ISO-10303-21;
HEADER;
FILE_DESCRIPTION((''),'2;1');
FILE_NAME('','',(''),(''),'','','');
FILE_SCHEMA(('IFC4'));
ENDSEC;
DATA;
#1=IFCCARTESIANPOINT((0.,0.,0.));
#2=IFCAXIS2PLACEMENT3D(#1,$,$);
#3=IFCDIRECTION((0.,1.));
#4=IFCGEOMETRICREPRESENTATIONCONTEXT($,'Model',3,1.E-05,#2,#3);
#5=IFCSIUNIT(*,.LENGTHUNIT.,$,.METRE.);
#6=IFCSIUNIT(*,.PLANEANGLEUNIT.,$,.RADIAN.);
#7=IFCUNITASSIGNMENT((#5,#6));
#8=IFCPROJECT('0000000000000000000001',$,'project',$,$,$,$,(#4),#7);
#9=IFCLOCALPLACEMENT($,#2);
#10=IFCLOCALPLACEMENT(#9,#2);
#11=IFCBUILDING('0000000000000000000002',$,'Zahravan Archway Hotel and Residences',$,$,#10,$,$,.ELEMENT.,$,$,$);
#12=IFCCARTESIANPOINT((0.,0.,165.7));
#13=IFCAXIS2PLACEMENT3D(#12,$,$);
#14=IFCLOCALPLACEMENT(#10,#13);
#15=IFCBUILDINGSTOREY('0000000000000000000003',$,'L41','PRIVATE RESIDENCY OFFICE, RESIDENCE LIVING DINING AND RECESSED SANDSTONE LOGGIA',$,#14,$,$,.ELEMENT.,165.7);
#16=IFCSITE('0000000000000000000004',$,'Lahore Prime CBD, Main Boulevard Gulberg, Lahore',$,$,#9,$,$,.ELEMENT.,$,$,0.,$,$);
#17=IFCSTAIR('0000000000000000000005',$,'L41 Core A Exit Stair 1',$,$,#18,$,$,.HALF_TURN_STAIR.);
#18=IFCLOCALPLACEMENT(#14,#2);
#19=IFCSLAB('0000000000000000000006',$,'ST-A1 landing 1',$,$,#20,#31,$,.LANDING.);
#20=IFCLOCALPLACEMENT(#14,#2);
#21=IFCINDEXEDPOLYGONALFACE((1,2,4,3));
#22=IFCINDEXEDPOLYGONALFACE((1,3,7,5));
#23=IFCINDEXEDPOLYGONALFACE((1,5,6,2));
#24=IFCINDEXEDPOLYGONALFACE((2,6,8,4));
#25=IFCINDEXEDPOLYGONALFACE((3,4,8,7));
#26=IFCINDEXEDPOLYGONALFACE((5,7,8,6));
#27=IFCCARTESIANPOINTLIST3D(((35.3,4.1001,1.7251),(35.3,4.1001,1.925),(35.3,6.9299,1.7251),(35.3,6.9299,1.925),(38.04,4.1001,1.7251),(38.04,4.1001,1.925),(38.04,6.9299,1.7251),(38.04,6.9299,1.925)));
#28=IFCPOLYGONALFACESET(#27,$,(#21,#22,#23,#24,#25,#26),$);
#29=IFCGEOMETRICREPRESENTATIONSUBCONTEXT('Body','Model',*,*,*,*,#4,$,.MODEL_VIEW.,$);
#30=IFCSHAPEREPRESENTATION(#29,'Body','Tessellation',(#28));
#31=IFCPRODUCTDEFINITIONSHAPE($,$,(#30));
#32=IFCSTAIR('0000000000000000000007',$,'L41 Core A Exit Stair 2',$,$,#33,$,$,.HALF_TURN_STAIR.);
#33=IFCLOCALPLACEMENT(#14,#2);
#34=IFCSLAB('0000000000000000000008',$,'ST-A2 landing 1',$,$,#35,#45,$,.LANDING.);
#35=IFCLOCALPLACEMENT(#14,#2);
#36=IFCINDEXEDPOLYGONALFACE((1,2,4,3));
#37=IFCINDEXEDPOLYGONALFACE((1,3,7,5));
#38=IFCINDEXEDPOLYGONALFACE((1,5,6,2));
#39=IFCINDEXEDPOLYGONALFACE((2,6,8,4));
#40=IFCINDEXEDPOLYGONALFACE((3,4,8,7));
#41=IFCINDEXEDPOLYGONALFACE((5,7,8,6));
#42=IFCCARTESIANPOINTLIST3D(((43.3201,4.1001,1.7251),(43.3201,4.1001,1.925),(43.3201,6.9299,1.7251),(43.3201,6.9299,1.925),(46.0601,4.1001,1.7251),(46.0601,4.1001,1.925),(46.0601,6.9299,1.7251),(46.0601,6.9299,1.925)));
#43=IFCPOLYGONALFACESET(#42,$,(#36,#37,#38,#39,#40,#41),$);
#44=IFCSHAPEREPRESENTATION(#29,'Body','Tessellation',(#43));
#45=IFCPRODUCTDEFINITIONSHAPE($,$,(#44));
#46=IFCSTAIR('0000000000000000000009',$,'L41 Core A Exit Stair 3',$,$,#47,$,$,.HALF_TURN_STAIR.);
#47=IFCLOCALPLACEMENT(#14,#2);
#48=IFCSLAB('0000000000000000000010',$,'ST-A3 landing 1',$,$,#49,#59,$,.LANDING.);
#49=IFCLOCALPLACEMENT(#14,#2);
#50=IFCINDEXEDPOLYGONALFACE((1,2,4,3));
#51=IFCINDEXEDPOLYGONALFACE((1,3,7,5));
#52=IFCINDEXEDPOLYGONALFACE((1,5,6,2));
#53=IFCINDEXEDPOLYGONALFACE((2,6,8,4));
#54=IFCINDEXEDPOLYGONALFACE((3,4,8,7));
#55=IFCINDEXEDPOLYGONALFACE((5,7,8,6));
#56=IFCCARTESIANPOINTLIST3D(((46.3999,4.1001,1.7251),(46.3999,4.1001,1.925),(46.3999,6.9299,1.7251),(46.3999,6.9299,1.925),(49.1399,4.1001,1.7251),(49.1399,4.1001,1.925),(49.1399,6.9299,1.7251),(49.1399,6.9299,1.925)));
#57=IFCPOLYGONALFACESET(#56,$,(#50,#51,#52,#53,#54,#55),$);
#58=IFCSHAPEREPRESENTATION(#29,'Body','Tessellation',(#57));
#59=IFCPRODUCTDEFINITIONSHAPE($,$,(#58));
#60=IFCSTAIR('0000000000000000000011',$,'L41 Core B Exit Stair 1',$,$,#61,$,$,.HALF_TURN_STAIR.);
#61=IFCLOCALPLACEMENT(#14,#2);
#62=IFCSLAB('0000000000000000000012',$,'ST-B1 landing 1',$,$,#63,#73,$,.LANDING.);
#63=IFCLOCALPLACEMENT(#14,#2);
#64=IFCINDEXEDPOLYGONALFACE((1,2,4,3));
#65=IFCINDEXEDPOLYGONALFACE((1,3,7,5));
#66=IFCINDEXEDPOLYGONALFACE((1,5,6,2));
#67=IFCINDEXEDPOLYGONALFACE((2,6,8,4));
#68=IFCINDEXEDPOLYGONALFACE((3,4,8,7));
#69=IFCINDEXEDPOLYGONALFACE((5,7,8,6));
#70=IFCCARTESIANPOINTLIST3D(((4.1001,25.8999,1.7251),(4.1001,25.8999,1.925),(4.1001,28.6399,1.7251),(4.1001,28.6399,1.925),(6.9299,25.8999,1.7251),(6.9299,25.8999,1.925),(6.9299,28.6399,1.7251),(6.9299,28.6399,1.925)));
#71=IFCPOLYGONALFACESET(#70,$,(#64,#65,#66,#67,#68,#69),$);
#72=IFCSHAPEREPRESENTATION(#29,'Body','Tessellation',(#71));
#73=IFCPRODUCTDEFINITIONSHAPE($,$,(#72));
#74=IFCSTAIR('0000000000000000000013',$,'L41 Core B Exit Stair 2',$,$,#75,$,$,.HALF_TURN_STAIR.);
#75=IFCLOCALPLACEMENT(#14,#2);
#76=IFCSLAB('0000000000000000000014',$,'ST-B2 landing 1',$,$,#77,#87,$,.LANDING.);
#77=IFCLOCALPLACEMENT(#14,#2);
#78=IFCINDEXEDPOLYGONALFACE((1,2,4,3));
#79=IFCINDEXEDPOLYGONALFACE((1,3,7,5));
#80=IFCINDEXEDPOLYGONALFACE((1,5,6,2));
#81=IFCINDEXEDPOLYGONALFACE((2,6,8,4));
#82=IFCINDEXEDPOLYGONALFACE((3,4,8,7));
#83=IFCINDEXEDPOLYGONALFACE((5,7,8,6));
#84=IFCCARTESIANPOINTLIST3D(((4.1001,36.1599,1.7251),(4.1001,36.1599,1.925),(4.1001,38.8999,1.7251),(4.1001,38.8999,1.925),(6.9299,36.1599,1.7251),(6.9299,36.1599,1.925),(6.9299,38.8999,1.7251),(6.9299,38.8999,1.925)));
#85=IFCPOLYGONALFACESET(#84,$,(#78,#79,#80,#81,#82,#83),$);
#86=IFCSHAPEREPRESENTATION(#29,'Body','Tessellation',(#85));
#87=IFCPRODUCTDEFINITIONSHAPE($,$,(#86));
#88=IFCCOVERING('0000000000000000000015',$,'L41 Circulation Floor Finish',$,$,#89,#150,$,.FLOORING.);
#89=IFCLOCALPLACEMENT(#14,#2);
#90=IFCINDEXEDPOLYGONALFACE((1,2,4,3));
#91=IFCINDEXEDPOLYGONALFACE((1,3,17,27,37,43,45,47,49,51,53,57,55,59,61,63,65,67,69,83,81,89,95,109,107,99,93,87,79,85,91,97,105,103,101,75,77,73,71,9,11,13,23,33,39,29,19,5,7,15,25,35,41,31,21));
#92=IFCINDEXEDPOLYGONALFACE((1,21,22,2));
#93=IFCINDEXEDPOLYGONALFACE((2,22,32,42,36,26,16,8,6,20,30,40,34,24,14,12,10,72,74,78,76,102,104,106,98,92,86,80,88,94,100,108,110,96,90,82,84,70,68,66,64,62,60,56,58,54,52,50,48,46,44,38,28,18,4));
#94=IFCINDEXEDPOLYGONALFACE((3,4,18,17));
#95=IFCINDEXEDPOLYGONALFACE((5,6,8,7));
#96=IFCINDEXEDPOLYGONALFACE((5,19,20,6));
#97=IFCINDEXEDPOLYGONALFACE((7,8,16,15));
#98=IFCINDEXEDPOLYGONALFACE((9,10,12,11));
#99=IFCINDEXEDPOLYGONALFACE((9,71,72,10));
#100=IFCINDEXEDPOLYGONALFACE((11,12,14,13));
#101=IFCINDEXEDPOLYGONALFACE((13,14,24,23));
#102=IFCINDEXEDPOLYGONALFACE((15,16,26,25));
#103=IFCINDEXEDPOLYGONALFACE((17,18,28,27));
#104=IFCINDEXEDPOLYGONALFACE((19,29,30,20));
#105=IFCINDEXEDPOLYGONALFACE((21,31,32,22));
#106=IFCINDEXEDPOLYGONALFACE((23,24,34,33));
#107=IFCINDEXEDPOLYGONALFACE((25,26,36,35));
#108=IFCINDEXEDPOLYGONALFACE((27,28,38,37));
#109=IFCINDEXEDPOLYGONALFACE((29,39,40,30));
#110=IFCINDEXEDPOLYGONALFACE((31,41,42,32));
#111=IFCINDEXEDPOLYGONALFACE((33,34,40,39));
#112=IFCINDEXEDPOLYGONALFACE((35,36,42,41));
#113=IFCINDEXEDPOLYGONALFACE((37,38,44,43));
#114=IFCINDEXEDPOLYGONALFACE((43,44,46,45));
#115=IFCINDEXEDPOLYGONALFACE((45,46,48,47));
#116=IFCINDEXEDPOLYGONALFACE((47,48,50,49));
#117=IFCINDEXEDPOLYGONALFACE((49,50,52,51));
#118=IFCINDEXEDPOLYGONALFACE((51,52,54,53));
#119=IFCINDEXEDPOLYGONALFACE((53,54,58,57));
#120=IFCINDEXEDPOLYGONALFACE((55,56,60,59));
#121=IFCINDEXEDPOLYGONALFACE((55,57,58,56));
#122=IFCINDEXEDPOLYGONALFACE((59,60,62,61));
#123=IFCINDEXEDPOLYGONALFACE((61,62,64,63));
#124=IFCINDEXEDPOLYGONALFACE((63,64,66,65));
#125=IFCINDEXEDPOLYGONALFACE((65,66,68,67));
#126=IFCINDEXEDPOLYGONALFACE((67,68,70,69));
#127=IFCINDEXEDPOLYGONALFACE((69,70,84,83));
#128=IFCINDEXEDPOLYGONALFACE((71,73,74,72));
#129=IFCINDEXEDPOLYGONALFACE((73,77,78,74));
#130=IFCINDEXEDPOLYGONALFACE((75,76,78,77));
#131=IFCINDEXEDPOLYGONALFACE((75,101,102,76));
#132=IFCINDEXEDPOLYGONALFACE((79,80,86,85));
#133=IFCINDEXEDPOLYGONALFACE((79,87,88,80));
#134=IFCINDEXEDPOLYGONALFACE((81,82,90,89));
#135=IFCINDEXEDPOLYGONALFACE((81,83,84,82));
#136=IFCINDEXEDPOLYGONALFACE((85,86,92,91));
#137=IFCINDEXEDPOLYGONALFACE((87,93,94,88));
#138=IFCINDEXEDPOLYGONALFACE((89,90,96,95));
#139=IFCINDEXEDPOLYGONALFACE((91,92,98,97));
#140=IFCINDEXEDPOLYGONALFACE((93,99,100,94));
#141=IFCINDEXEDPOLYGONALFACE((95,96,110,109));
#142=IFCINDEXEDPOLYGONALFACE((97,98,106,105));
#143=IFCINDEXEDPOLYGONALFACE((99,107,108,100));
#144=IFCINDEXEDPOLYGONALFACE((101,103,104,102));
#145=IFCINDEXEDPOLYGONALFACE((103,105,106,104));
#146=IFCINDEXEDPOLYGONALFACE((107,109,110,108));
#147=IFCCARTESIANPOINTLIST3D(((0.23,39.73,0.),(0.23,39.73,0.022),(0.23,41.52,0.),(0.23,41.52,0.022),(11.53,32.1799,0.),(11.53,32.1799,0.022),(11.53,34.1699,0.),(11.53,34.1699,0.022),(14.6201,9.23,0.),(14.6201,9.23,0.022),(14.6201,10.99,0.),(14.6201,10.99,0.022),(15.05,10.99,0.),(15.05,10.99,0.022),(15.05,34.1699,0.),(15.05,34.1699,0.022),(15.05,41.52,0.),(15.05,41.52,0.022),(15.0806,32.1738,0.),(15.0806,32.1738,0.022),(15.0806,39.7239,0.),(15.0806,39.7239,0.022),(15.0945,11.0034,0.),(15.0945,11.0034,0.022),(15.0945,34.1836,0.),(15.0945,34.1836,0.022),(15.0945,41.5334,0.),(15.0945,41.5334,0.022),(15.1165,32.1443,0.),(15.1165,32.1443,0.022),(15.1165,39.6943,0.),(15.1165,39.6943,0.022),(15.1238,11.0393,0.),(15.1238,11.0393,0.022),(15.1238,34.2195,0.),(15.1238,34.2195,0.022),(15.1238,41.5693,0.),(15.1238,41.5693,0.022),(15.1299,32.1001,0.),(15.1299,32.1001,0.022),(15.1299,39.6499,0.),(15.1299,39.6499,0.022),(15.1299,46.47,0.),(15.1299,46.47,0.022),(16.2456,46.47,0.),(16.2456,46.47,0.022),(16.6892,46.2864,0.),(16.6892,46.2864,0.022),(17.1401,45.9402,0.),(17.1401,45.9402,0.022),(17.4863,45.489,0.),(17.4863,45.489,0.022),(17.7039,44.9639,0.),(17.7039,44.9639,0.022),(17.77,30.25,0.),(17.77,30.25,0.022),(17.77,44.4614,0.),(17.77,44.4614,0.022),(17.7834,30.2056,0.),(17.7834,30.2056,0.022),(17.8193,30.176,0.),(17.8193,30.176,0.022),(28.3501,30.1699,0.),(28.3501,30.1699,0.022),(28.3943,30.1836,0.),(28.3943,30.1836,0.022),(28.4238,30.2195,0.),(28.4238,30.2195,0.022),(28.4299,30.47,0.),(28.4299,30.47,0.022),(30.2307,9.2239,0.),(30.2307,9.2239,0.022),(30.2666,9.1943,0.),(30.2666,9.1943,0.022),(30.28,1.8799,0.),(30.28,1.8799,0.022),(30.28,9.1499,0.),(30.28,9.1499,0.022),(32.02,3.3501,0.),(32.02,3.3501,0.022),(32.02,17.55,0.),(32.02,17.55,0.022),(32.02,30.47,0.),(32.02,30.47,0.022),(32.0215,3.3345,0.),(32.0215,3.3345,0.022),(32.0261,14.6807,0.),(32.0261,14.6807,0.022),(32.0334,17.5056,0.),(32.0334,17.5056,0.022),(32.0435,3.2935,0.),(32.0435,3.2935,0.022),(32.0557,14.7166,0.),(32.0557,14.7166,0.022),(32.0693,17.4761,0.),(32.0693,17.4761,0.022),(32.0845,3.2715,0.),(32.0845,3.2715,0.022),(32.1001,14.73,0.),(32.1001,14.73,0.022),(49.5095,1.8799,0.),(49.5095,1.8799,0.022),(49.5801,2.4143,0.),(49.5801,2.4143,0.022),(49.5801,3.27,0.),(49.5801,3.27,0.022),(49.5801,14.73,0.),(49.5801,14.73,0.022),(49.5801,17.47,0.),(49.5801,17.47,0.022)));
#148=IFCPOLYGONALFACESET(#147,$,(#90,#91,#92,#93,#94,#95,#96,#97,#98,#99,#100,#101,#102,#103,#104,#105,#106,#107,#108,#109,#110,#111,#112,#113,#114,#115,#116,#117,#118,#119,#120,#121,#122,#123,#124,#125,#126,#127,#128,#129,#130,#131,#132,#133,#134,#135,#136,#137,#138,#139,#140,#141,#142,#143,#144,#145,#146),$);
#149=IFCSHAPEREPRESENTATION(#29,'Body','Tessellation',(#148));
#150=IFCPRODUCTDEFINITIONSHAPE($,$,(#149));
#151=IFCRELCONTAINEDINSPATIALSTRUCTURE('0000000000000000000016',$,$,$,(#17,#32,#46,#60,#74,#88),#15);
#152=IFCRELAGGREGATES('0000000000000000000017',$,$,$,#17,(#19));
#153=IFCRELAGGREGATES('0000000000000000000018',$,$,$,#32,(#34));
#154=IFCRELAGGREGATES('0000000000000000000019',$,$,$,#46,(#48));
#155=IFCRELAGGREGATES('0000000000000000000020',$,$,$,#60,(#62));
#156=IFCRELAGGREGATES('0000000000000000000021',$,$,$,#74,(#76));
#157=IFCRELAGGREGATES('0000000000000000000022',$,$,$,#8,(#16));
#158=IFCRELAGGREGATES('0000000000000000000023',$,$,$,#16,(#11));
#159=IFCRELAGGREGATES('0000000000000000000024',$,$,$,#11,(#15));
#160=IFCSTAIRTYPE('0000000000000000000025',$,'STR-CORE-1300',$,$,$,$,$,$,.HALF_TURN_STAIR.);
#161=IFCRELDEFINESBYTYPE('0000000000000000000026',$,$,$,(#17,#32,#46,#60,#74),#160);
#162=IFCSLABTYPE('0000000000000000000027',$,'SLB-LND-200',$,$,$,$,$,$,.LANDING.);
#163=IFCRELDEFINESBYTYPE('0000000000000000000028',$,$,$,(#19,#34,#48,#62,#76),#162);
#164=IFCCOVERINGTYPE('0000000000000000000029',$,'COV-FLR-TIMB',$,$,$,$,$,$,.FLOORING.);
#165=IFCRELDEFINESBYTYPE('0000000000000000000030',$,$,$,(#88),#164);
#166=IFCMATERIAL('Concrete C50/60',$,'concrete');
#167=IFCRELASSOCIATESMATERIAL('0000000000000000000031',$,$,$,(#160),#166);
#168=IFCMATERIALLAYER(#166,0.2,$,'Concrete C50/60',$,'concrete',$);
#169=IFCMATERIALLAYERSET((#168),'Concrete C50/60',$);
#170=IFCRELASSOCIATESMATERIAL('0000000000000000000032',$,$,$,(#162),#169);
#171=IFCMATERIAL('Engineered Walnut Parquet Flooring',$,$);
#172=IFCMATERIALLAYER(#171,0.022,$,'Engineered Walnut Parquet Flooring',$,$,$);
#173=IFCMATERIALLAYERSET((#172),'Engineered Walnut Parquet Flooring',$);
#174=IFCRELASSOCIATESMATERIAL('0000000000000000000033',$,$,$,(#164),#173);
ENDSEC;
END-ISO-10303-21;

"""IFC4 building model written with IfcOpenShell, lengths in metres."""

from ifc_helpers import new_model, si_unit, direction, frame, origin, place, context, subcontext, project, spatial, polyline, outline, extrude, material, layer, layer_set, type_object, element, aggregate, save


model = new_model("IFC4")

# Units and contexts
model_context = context("Model", 3, precision=1e-05, world=origin(), true_north=direction((0.0, 1.0)))
body_context = subcontext(model_context, "Body", "Model", "MODEL_VIEW")
ifc_project = project(units=[si_unit("LENGTHUNIT", "METRE"), si_unit("PLANEANGLEUNIT", "RADIAN")], contexts=[model_context])

# Site, building, storey
site_placement = place(None, origin())
site = spatial("IfcSite", under=ifc_project, at=site_placement, Name="Lahore Prime CBD, Main Boulevard Gulberg, Lahore", CompositionType="ELEMENT", RefElevation=0.0)
building_placement = place(site_placement, origin())
building = spatial("IfcBuilding", under=site, at=building_placement, Name="Zahravan Archway Hotel and Residences", CompositionType="ELEMENT")
storey_placement = place(building_placement, frame((0.0, 0.0, 165.7)))
storey = spatial("IfcBuildingStorey", under=building, at=storey_placement, Name="L41", Description="PRIVATE RESIDENCY OFFICE, RESIDENCE LIVING DINING AND RECESSED SANDSTONE LOGGIA", CompositionType="ELEMENT", Elevation=165.7)

# Stairs, slabs
ifc_material_1 = material(Name="Concrete C50/60", Category="concrete")
stair_type = type_object("IfcStairType", Name="STR-CORE-1300", PredefinedType="HALF_TURN_STAIR", material=ifc_material_1)
stair_1_placement = place(storey_placement, origin())
stair_1 = element("IfcStair", 1, at=stair_1_placement, inside=storey, type_object=stair_type, Name="L41 Core A Exit Stair 1", PredefinedType="HALF_TURN_STAIR")
ifc_layer_1 = layer(ifc_material_1, 0.2, Name="Concrete C50/60", Category="concrete")
ifc_layer_set_1 = layer_set([ifc_layer_1], Name="Concrete C50/60")
slab_type_1 = type_object("IfcSlabType", Name="SLB-LND-200", PredefinedType="LANDING", material=ifc_layer_set_1)
slab_1_placement = place(storey_placement, frame((0.0, 0.0, 1.7251)))
slab_1 = element("IfcSlab", 2, at=slab_1_placement, type_object=slab_type_1, Name="ST-A1 landing 1", PredefinedType="LANDING", context=body_context, shape_type="SweptSolid", body=[
    extrude(outline(polyline([(35.3, 6.9299), (35.3, 4.1001), (38.04, 4.1001), (38.04, 6.9299), (35.3, 6.9299)])), origin(), (0.0, 0.0, 1.0), 0.2),
])
aggregate(stair_1, [slab_1])
stair_2_placement = place(storey_placement, origin())
stair_2 = element("IfcStair", 3, at=stair_2_placement, inside=storey, type_object=stair_type, Name="L41 Core A Exit Stair 2", PredefinedType="HALF_TURN_STAIR")
slab_2_placement = place(storey_placement, frame((0.0, 0.0, 1.7251)))
slab_2 = element("IfcSlab", 4, at=slab_2_placement, type_object=slab_type_1, Name="ST-A2 landing 1", PredefinedType="LANDING", context=body_context, shape_type="SweptSolid", body=[
    extrude(outline(polyline([(43.3201, 6.9299), (43.3201, 4.1001), (46.0601, 4.1001), (46.0601, 6.9299), (43.3201, 6.9299)])), origin(), (0.0, 0.0, 1.0), 0.2),
])
aggregate(stair_2, [slab_2])
stair_3_placement = place(storey_placement, origin())
stair_3 = element("IfcStair", 5, at=stair_3_placement, inside=storey, type_object=stair_type, Name="L41 Core A Exit Stair 3", PredefinedType="HALF_TURN_STAIR")
slab_3_placement = place(storey_placement, frame((0.0, 0.0, 1.7251)))
slab_3 = element("IfcSlab", 6, at=slab_3_placement, type_object=slab_type_1, Name="ST-A3 landing 1", PredefinedType="LANDING", context=body_context, shape_type="SweptSolid", body=[
    extrude(outline(polyline([(46.3999, 6.9299), (46.3999, 4.1001), (49.1399, 4.1001), (49.1399, 6.9299), (46.3999, 6.9299)])), origin(), (0.0, 0.0, 1.0), 0.2),
])
aggregate(stair_3, [slab_3])
stair_4_placement = place(storey_placement, origin())
stair_4 = element("IfcStair", 7, at=stair_4_placement, inside=storey, type_object=stair_type, Name="L41 Core B Exit Stair 1", PredefinedType="HALF_TURN_STAIR")
slab_4_placement = place(storey_placement, frame((0.0, 0.0, 1.7251)))
slab_4 = element("IfcSlab", 8, at=slab_4_placement, type_object=slab_type_1, Name="ST-B1 landing 1", PredefinedType="LANDING", context=body_context, shape_type="SweptSolid", body=[
    extrude(outline(polyline([(6.9299, 28.6399), (4.1001, 28.6399), (4.1001, 25.8999), (6.9299, 25.8999), (6.9299, 28.6399)])), origin(), (0.0, 0.0, 1.0), 0.2),
])
aggregate(stair_4, [slab_4])
stair_5_placement = place(storey_placement, origin())
stair_5 = element("IfcStair", 9, at=stair_5_placement, inside=storey, type_object=stair_type, Name="L41 Core B Exit Stair 2", PredefinedType="HALF_TURN_STAIR")
slab_5_placement = place(storey_placement, frame((0.0, 0.0, 1.7251)))
slab_5 = element("IfcSlab", 10, at=slab_5_placement, type_object=slab_type_1, Name="ST-B2 landing 1", PredefinedType="LANDING", context=body_context, shape_type="SweptSolid", body=[
    extrude(outline(polyline([(6.9299, 38.8999), (4.1001, 38.8999), (4.1001, 36.1599), (6.9299, 36.1599), (6.9299, 38.8999)])), origin(), (0.0, 0.0, 1.0), 0.2),
])
aggregate(stair_5, [slab_5])

# Covering
ifc_material_2 = material(Name="Engineered Walnut Parquet Flooring")
ifc_layer_2 = layer(ifc_material_2, 0.022, Name="Engineered Walnut Parquet Flooring")
ifc_layer_set_2 = layer_set([ifc_layer_2], Name="Engineered Walnut Parquet Flooring")
covering_type = type_object("IfcCoveringType", Name="COV-FLR-TIMB", PredefinedType="FLOORING", material=ifc_layer_set_2)
covering_placement = place(storey_placement, origin())
element("IfcCovering", 11, at=covering_placement, inside=storey, type_object=covering_type, Name="L41 Circulation Floor Finish", PredefinedType="FLOORING", context=body_context, shape_type="SweptSolid", body=[
    extrude(outline(polyline([(32.0215, 3.3345), (32.0435, 3.2935), (32.0845, 3.2715), (49.5801, 3.27), (49.5801, 2.4143), (49.5095, 1.8799), (30.28, 1.8799), (30.28, 9.1499), (30.2666, 9.1943), (30.2307, 9.2239), (14.6201, 9.23), (14.6201, 10.99), (15.05, 10.99), (15.0945, 11.0034), (15.1238, 11.0393), (15.1299, 32.1001), (15.1165, 32.1443), (15.0806, 32.1738), (11.53, 32.1799), (11.53, 34.1699), (15.05, 34.1699), (15.0945, 34.1836), (15.1238, 34.2195), (15.1299, 39.6499), (15.1165, 39.6943), (15.0806, 39.7239), (0.23, 39.73), (0.23, 41.52), (15.05, 41.52), (15.0945, 41.5334), (15.1238, 41.5693), (15.1299, 46.47), (16.2456, 46.47), (16.6892, 46.2864), (17.1401, 45.9402), (17.4863, 45.489), (17.7039, 44.9639), (17.77, 44.4614), (17.77, 30.25), (17.7834, 30.2056), (17.8193, 30.176), (28.3501, 30.1699), (28.3943, 30.1836), (28.4238, 30.2195), (28.4299, 30.47), (32.02, 30.47), (32.02, 17.55), (32.0334, 17.5056), (32.0693, 17.4761), (49.5801, 17.47), (49.5801, 14.73), (32.1001, 14.73), (32.0557, 14.7166), (32.0261, 14.6807), (32.02, 3.3501), (32.0215, 3.3345)])), origin(), (0.0, 0.0, 1.0), 0.022),
])

save(model, "model.ifc")
